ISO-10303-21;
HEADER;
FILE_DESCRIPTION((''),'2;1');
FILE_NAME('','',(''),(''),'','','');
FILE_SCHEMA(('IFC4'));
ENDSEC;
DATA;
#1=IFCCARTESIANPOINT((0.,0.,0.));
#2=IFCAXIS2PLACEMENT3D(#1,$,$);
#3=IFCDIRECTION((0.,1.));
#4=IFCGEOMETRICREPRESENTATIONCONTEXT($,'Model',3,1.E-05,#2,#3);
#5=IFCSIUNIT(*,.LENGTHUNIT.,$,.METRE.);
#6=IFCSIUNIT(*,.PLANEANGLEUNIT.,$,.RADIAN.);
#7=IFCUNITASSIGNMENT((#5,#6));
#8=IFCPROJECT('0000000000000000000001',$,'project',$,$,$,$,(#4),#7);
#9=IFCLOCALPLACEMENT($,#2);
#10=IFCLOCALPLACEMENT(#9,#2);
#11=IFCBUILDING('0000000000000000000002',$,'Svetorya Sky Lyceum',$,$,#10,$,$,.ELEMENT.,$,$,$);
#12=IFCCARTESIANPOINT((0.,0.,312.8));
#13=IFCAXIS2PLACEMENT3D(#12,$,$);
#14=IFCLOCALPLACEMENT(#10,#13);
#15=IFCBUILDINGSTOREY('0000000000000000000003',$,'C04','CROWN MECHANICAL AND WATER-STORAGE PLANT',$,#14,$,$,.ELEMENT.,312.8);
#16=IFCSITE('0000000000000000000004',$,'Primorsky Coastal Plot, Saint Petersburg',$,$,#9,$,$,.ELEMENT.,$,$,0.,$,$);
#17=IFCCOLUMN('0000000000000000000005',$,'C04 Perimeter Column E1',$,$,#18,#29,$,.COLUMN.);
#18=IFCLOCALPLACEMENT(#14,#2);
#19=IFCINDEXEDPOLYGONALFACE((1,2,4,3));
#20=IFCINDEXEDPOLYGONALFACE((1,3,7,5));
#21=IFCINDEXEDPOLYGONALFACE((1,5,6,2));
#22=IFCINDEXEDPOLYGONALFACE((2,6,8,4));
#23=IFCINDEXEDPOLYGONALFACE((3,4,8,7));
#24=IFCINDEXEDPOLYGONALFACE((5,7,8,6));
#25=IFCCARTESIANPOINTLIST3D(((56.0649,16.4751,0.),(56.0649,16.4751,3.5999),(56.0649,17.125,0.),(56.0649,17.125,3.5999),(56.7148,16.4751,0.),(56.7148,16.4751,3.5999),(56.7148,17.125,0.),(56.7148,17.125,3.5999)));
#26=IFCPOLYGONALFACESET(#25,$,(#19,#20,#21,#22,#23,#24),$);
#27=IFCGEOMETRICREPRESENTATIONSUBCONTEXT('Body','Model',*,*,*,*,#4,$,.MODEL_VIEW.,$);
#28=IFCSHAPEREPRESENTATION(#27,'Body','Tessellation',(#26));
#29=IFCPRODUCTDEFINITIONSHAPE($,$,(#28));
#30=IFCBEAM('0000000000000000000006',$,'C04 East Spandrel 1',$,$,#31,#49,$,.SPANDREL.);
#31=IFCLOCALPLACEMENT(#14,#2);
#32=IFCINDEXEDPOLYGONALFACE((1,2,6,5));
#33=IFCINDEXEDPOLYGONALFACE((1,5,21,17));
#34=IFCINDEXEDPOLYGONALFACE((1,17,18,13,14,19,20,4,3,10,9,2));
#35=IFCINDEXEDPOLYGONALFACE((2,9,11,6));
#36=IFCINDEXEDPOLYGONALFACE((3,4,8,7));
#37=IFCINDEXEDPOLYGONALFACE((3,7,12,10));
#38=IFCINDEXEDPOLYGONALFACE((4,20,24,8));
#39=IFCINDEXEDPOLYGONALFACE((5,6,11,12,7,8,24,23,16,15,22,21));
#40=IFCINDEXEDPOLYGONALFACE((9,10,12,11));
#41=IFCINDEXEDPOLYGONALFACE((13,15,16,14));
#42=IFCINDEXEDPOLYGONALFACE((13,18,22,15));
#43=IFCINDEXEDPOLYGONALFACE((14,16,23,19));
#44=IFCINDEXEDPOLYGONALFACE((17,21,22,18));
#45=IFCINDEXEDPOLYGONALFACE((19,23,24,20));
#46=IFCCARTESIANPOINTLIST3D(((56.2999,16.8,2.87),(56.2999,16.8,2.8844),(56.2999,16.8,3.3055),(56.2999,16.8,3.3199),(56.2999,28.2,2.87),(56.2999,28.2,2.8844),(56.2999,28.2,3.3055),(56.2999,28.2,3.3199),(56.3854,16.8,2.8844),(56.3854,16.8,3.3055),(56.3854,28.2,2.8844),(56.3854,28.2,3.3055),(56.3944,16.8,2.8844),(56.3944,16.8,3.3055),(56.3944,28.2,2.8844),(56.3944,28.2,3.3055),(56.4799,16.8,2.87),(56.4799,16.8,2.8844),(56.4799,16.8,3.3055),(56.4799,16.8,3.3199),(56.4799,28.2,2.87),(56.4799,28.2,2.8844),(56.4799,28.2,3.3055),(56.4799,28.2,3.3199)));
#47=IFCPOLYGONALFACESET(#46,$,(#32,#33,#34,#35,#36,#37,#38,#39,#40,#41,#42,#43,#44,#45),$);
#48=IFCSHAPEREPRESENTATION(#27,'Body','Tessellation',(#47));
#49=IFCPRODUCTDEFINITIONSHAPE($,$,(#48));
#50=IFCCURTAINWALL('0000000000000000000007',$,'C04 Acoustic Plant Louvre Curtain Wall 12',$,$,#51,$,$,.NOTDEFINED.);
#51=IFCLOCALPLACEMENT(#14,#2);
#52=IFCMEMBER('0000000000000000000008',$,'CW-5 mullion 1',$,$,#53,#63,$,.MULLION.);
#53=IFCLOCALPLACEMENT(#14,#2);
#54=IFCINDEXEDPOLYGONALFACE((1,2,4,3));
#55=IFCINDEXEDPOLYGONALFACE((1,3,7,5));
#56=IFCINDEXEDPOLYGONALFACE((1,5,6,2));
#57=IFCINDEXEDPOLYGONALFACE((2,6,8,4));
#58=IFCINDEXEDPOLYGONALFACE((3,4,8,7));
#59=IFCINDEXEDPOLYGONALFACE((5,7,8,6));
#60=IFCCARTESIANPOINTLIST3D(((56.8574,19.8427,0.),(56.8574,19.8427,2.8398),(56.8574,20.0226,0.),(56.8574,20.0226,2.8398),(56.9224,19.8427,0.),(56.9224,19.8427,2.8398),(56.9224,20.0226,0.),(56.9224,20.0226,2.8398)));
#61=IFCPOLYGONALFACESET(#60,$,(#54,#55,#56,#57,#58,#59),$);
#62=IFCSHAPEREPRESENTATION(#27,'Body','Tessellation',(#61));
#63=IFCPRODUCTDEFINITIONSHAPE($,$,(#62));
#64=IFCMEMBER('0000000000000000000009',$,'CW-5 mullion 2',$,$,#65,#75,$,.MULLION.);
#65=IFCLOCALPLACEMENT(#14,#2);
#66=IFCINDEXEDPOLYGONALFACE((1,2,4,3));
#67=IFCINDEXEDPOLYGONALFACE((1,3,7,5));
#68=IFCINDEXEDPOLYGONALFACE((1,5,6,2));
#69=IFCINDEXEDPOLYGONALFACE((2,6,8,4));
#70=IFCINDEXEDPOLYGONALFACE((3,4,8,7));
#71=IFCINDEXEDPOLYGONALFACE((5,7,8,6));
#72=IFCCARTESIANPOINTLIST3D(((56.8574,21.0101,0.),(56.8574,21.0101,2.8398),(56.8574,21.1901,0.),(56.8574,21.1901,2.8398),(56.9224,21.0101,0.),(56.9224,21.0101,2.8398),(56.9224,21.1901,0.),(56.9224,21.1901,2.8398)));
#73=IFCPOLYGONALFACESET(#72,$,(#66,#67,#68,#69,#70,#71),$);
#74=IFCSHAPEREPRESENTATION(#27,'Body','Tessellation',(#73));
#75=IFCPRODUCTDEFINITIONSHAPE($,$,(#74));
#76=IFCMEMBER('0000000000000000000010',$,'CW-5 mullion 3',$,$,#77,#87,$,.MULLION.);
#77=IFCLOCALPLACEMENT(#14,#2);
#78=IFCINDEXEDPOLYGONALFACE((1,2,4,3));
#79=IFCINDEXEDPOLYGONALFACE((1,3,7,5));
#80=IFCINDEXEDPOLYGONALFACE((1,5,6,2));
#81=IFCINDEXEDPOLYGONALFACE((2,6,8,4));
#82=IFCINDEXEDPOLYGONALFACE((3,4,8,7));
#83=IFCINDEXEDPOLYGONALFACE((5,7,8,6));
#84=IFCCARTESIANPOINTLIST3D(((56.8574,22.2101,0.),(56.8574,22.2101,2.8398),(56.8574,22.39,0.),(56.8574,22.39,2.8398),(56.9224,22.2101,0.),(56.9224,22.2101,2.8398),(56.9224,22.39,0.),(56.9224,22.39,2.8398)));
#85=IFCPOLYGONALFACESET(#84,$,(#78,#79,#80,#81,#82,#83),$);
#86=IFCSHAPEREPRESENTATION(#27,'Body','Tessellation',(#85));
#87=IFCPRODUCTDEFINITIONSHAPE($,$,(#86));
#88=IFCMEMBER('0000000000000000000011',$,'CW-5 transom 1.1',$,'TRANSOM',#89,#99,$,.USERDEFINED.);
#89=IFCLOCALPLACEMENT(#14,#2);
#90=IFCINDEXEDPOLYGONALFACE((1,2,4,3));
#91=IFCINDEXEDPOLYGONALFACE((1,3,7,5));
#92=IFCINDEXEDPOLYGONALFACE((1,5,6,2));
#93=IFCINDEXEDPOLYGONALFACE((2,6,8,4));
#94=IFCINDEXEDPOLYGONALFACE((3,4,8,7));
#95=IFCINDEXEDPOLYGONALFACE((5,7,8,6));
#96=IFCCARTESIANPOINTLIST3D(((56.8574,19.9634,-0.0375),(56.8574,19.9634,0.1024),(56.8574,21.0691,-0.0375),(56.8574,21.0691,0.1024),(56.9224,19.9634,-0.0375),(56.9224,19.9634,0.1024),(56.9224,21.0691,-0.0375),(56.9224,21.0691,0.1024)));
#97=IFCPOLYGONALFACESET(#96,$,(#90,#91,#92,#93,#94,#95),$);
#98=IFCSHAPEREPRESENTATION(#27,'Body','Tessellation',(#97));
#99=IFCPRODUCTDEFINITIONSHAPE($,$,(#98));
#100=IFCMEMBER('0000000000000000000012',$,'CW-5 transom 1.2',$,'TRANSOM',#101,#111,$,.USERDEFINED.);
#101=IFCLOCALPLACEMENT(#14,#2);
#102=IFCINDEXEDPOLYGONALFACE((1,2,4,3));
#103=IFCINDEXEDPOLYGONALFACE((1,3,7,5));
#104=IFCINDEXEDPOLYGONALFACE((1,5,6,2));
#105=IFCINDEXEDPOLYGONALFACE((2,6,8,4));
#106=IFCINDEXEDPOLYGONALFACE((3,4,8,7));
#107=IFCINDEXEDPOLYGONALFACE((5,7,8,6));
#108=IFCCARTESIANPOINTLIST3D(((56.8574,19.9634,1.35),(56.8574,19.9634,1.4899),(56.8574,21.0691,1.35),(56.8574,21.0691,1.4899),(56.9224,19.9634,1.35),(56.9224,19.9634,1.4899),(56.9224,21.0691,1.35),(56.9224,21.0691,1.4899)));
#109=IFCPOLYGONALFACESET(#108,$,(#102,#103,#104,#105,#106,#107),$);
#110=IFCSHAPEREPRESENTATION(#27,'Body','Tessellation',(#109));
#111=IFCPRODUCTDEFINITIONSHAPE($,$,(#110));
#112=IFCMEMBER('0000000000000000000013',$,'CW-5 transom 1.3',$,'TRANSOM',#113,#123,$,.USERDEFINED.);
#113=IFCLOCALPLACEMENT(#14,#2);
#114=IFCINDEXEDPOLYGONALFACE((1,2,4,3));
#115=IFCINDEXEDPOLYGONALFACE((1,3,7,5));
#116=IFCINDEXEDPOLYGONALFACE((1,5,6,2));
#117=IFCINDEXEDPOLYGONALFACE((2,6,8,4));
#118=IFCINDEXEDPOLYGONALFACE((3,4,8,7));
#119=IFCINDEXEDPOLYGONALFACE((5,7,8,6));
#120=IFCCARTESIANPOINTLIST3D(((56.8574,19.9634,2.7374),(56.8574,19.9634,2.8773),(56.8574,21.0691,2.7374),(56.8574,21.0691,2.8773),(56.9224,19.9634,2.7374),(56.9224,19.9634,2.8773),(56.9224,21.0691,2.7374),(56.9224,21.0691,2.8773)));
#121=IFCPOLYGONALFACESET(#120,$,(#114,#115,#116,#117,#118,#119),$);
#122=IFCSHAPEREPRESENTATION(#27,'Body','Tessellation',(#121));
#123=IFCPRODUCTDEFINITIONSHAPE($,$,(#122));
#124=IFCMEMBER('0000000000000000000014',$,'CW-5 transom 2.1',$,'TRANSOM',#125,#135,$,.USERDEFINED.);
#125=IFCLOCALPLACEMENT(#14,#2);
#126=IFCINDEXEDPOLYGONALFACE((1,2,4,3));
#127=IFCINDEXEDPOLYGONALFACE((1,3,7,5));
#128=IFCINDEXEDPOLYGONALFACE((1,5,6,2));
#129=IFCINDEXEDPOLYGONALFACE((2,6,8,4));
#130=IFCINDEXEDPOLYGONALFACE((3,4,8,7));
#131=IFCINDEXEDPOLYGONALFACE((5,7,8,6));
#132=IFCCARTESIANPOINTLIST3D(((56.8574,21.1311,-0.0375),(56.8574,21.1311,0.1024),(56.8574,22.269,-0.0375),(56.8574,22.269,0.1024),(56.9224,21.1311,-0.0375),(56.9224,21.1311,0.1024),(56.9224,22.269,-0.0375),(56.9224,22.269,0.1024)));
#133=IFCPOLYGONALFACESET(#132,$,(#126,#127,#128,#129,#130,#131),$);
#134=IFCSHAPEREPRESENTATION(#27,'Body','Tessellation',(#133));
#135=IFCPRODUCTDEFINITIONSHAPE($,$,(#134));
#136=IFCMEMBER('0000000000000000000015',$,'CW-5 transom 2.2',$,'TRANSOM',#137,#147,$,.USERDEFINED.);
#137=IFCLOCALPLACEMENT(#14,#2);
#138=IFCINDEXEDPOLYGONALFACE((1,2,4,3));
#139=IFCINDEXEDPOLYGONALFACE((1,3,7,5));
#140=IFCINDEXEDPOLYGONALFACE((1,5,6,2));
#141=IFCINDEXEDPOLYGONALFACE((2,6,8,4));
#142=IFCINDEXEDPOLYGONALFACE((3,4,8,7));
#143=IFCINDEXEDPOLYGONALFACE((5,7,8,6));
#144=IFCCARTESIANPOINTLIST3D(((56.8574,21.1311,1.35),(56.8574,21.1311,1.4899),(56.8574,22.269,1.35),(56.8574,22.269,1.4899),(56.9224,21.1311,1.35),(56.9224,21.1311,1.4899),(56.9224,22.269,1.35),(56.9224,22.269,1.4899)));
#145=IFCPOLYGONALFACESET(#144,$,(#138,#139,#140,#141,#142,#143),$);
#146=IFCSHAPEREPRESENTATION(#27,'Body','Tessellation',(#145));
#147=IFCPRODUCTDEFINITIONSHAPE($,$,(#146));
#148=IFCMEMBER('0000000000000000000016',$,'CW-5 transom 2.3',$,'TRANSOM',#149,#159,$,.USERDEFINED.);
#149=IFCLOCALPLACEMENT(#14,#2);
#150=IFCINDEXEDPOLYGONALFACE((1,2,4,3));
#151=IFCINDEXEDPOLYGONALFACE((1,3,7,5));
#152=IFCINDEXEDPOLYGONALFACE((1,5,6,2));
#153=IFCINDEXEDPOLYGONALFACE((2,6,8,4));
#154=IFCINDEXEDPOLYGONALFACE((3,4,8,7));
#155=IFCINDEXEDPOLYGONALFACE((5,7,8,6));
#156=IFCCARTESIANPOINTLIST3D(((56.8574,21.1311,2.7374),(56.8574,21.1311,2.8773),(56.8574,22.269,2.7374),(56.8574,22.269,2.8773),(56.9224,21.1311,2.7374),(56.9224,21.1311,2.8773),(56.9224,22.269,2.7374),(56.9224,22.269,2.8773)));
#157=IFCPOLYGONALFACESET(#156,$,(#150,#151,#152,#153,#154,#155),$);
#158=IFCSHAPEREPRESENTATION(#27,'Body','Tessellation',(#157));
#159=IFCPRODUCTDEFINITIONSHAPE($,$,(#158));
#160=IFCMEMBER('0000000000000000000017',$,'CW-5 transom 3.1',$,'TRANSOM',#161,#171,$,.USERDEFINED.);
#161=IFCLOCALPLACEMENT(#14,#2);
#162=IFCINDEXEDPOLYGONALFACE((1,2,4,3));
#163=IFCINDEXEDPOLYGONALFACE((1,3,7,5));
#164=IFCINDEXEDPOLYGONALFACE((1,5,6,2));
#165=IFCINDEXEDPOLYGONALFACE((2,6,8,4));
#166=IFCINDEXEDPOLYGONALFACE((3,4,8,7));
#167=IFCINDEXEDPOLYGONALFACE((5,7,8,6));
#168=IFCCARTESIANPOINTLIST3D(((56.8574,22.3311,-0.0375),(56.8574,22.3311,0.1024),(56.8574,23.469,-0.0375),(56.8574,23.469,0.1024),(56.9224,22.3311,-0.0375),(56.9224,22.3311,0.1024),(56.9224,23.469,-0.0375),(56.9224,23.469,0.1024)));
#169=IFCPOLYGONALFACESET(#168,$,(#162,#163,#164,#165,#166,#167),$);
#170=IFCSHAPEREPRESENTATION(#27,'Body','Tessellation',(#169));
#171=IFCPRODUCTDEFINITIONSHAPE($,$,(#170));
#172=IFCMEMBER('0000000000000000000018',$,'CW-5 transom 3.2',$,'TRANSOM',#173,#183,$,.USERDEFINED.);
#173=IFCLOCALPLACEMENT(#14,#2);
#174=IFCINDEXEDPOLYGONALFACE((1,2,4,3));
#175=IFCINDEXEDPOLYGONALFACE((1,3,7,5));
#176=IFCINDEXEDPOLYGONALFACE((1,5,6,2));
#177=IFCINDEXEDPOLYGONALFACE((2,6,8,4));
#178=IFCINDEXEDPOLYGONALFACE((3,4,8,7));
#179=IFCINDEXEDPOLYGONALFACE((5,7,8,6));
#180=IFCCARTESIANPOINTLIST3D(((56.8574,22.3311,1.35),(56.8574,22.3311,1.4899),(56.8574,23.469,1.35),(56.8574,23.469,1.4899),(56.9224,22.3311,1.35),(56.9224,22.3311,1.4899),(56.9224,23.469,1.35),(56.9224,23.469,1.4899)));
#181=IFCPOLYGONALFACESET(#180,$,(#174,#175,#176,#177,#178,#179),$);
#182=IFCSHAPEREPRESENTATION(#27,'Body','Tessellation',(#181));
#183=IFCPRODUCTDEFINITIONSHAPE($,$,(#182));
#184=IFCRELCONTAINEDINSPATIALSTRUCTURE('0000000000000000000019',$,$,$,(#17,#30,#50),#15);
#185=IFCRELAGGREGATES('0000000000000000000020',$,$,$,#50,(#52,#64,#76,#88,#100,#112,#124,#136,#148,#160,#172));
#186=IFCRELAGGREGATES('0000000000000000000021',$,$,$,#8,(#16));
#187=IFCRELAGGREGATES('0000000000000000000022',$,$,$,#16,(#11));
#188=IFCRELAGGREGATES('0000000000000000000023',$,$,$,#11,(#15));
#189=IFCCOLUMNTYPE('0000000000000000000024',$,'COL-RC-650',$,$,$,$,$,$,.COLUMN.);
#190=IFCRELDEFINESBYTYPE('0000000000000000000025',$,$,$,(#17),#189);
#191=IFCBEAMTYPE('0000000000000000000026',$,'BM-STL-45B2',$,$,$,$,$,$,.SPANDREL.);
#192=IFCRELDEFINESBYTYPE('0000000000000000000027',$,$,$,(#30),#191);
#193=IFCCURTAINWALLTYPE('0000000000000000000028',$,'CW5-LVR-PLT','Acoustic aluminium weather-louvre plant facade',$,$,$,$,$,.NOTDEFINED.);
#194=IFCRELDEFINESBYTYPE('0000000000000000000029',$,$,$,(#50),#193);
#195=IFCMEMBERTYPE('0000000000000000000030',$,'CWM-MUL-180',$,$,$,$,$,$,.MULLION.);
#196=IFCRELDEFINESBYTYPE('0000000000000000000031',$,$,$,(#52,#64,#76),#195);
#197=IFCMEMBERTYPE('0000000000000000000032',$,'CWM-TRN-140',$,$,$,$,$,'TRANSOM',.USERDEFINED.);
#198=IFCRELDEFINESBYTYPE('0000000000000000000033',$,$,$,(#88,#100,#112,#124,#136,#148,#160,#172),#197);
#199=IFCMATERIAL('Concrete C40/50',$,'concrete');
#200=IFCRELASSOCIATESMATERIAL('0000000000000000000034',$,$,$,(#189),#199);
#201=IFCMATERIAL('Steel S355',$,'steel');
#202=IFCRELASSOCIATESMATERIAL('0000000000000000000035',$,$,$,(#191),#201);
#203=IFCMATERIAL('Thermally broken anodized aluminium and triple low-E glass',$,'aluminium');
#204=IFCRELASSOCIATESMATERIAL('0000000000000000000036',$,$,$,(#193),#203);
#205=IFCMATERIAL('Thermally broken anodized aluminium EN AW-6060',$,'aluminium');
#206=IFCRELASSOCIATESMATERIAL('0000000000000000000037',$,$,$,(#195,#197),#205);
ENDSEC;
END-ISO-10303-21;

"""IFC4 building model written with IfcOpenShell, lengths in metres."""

from ifc_helpers import new_model, si_unit, direction, frame, origin, origin_2d, place, context, subcontext, project, spatial, rectangle, i_section, extrude, material, material_profile, profile_set, type_object, element, aggregate, save


model = new_model("IFC4")

# Units and contexts
model_context = context("Model", 3, precision=1e-05, world=origin(), true_north=direction((0.0, 1.0)))
body_context = subcontext(model_context, "Body", "Model", "MODEL_VIEW")
ifc_project = project(units=[si_unit("LENGTHUNIT", "METRE"), si_unit("PLANEANGLEUNIT", "RADIAN")], contexts=[model_context])

# Site, building, storey
site_placement = place(None, origin())
site = spatial("IfcSite", under=ifc_project, at=site_placement, Name="Primorsky Coastal Plot, Saint Petersburg", CompositionType="ELEMENT", RefElevation=0.0)
building_placement = place(site_placement, origin())
building = spatial("IfcBuilding", under=site, at=building_placement, Name="Svetorya Sky Lyceum", CompositionType="ELEMENT")
storey_placement = place(building_placement, frame((0.0, 0.0, 312.8)))
storey = spatial("IfcBuildingStorey", under=building, at=storey_placement, Name="C04", Description="CROWN MECHANICAL AND WATER-STORAGE PLANT", CompositionType="ELEMENT", Elevation=312.8)

# Column
ifc_material_1 = material(Name="Concrete C40/50", Category="concrete")
ifc_material_profile_1 = material_profile(ifc_material_1, rectangle(XDim=0.6499, YDim=0.6499, at=origin_2d()), Name="RC COL 650x650")
ifc_profile_set_1 = profile_set([ifc_material_profile_1], Name="Concrete C40/50")
column_type = type_object("IfcColumnType", Name="COL-RC-650", PredefinedType="COLUMN", material=ifc_profile_set_1)
column_placement = place(storey_placement, frame((56.3899, 16.8, 0.0), z_axis=(0.0, 0.0, 1.0), x_axis=(1.0, 0.0, 0.0)))
element("IfcColumn", 1, at=column_placement, inside=storey, type_object=column_type, Name="C04 Perimeter Column E1", PredefinedType="COLUMN", context=body_context, shape_type="SweptSolid", body=[
    extrude(rectangle(XDim=0.6499, YDim=0.6499, at=origin_2d()), origin(), (0.0, 0.0, 1.0), 3.5999),
])

# Beam
ifc_material_2 = material(Name="Steel S355", Category="steel")
ifc_material_profile_2 = material_profile(ifc_material_2, i_section(OverallWidth=0.1799, OverallDepth=0.45, WebThickness=0.009, FlangeThickness=0.0144, at=origin_2d()), Name="GOST 45B2")
ifc_profile_set_2 = profile_set([ifc_material_profile_2], Name="Steel S355")
beam_type = type_object("IfcBeamType", Name="BM-STL-45B2", PredefinedType="SPANDREL", material=ifc_profile_set_2)
beam_placement = place(storey_placement, frame((56.3899, 16.8, 3.095), z_axis=(0.0, 1.0, 0.0), x_axis=(-1.0, 0.0, 0.0)))
element("IfcBeam", 2, at=beam_placement, inside=storey, type_object=beam_type, Name="C04 East Spandrel 1", PredefinedType="SPANDREL", context=body_context, shape_type="SweptSolid", body=[
    extrude(i_section(OverallWidth=0.1799, OverallDepth=0.45, WebThickness=0.009, FlangeThickness=0.0144, at=origin_2d()), origin(), (0.0, 0.0, 1.0), 11.3999),
])

# Curtain wall, members
ifc_material_3 = material(Name="Thermally broken anodized aluminium and triple low-E glass", Category="aluminium")
curtain_wall_type = type_object("IfcCurtainWallType", Name="CW5-LVR-PLT", Description="Acoustic aluminium weather-louvre plant facade", PredefinedType="NOTDEFINED", material=ifc_material_3)
curtain_wall_placement = place(storey_placement, origin())
curtain_wall = element("IfcCurtainWall", 3, at=curtain_wall_placement, inside=storey, type_object=curtain_wall_type, Name="C04 Acoustic Plant Louvre Curtain Wall 12", PredefinedType="NOTDEFINED")
ifc_material_4 = material(Name="Thermally broken anodized aluminium EN AW-6060", Category="aluminium")
ifc_material_profile_3 = material_profile(ifc_material_4, rectangle(XDim=0.0649, YDim=0.1799, at=origin_2d()), Name="ALU MULLION 65x180")
ifc_profile_set_3 = profile_set([ifc_material_profile_3], Name="Thermally broken anodized aluminium EN AW-6060")
member_type_1 = type_object("IfcMemberType", Name="CWM-MUL-180", PredefinedType="MULLION", material=ifc_profile_set_3)
member_1_placement = place(storey_placement, frame((56.8899, 19.9326, 0.0), z_axis=(0.0, 0.0, 1.0), x_axis=(-1.0, 0.0, 0.0)))
member_1 = element("IfcMember", 4, at=member_1_placement, type_object=member_type_1, Name="CW-5 mullion 1", PredefinedType="MULLION", context=body_context, shape_type="SweptSolid", body=[
    extrude(rectangle(XDim=0.0649, YDim=0.1799, at=origin_2d()), origin(), (0.0, 0.0, 1.0), 2.8398),
])
member_2_placement = place(storey_placement, frame((56.8899, 21.1001, 0.0), z_axis=(0.0, 0.0, 1.0), x_axis=(-1.0, 0.0, 0.0)))
member_2 = element("IfcMember", 5, at=member_2_placement, type_object=member_type_1, Name="CW-5 mullion 2", PredefinedType="MULLION", context=body_context, shape_type="SweptSolid", body=[
    extrude(rectangle(XDim=0.0649, YDim=0.1799, at=origin_2d()), origin(), (0.0, 0.0, 1.0), 2.8398),
])
member_3_placement = place(storey_placement, frame((56.8899, 22.3, 0.0), z_axis=(0.0, 0.0, 1.0), x_axis=(-1.0, 0.0, 0.0)))
member_3 = element("IfcMember", 6, at=member_3_placement, type_object=member_type_1, Name="CW-5 mullion 3", PredefinedType="MULLION", context=body_context, shape_type="SweptSolid", body=[
    extrude(rectangle(XDim=0.0649, YDim=0.1799, at=origin_2d()), origin(), (0.0, 0.0, 1.0), 2.8398),
])
ifc_material_profile_4 = material_profile(ifc_material_4, rectangle(XDim=0.0649, YDim=0.1399, at=origin_2d()), Name="ALU TRANSOM 65x140")
ifc_profile_set_4 = profile_set([ifc_material_profile_4], Name="Thermally broken anodized aluminium EN AW-6060")
member_type_2 = type_object("IfcMemberType", Name="CWM-TRN-140", ElementType="TRANSOM", PredefinedType="USERDEFINED", material=ifc_profile_set_4)
member_4_placement = place(storey_placement, frame((56.8899, 19.9634, 0.0325), z_axis=(0.0, 1.0, 0.0), x_axis=(-1.0, 0.0, 0.0)))
member_4 = element("IfcMember", 7, at=member_4_placement, type_object=member_type_2, Name="CW-5 transom 1.1", ObjectType="TRANSOM", PredefinedType="USERDEFINED", context=body_context, shape_type="SweptSolid", body=[
    extrude(rectangle(XDim=0.0649, YDim=0.1399, at=origin_2d()), origin(), (0.0, 0.0, 1.0), 1.1057),
])
member_5_placement = place(storey_placement, frame((56.8899, 19.9634, 1.4199), z_axis=(0.0, 1.0, 0.0), x_axis=(-1.0, 0.0, 0.0)))
member_5 = element("IfcMember", 8, at=member_5_placement, type_object=member_type_2, Name="CW-5 transom 1.2", ObjectType="TRANSOM", PredefinedType="USERDEFINED", context=body_context, shape_type="SweptSolid", body=[
    extrude(rectangle(XDim=0.0649, YDim=0.1399, at=origin_2d()), origin(), (0.0, 0.0, 1.0), 1.1057),
])
member_6_placement = place(storey_placement, frame((56.8899, 19.9634, 2.8074), z_axis=(0.0, 1.0, 0.0), x_axis=(-1.0, 0.0, 0.0)))
member_6 = element("IfcMember", 9, at=member_6_placement, type_object=member_type_2, Name="CW-5 transom 1.3", ObjectType="TRANSOM", PredefinedType="USERDEFINED", context=body_context, shape_type="SweptSolid", body=[
    extrude(rectangle(XDim=0.0649, YDim=0.1399, at=origin_2d()), origin(), (0.0, 0.0, 1.0), 1.1057),
])
member_7_placement = place(storey_placement, frame((56.8899, 21.1311, 0.0325), z_axis=(0.0, 1.0, 0.0), x_axis=(-1.0, 0.0, 0.0)))
member_7 = element("IfcMember", 10, at=member_7_placement, type_object=member_type_2, Name="CW-5 transom 2.1", ObjectType="TRANSOM", PredefinedType="USERDEFINED", context=body_context, shape_type="SweptSolid", body=[
    extrude(rectangle(XDim=0.0649, YDim=0.1399, at=origin_2d()), origin(), (0.0, 0.0, 1.0), 1.1379),
])
member_8_placement = place(storey_placement, frame((56.8899, 21.1311, 1.4199), z_axis=(0.0, 1.0, 0.0), x_axis=(-1.0, 0.0, 0.0)))
member_8 = element("IfcMember", 11, at=member_8_placement, type_object=member_type_2, Name="CW-5 transom 2.2", ObjectType="TRANSOM", PredefinedType="USERDEFINED", context=body_context, shape_type="SweptSolid", body=[
    extrude(rectangle(XDim=0.0649, YDim=0.1399, at=origin_2d()), origin(), (0.0, 0.0, 1.0), 1.1379),
])
member_9_placement = place(storey_placement, frame((56.8899, 21.1311, 2.8074), z_axis=(0.0, 1.0, 0.0), x_axis=(-1.0, 0.0, 0.0)))
member_9 = element("IfcMember", 12, at=member_9_placement, type_object=member_type_2, Name="CW-5 transom 2.3", ObjectType="TRANSOM", PredefinedType="USERDEFINED", context=body_context, shape_type="SweptSolid", body=[
    extrude(rectangle(XDim=0.0649, YDim=0.1399, at=origin_2d()), origin(), (0.0, 0.0, 1.0), 1.1379),
])
member_10_placement = place(storey_placement, frame((56.8899, 22.3311, 0.0325), z_axis=(0.0, 1.0, 0.0), x_axis=(-1.0, 0.0, 0.0)))
member_10 = element("IfcMember", 13, at=member_10_placement, type_object=member_type_2, Name="CW-5 transom 3.1", ObjectType="TRANSOM", PredefinedType="USERDEFINED", context=body_context, shape_type="SweptSolid", body=[
    extrude(rectangle(XDim=0.0649, YDim=0.1399, at=origin_2d()), origin(), (0.0, 0.0, 1.0), 1.1379),
])
member_11_placement = place(storey_placement, frame((56.8899, 22.3311, 1.4199), z_axis=(0.0, 1.0, 0.0), x_axis=(-1.0, 0.0, 0.0)))
member_11 = element("IfcMember", 14, at=member_11_placement, type_object=member_type_2, Name="CW-5 transom 3.2", ObjectType="TRANSOM", PredefinedType="USERDEFINED", context=body_context, shape_type="SweptSolid", body=[
    extrude(rectangle(XDim=0.0649, YDim=0.1399, at=origin_2d()), origin(), (0.0, 0.0, 1.0), 1.1379),
])

aggregate(curtain_wall, [member_1, member_2, member_3, member_4, member_5, member_6, member_7, member_8, member_9, member_10, member_11])

save(model, "model.ifc")
